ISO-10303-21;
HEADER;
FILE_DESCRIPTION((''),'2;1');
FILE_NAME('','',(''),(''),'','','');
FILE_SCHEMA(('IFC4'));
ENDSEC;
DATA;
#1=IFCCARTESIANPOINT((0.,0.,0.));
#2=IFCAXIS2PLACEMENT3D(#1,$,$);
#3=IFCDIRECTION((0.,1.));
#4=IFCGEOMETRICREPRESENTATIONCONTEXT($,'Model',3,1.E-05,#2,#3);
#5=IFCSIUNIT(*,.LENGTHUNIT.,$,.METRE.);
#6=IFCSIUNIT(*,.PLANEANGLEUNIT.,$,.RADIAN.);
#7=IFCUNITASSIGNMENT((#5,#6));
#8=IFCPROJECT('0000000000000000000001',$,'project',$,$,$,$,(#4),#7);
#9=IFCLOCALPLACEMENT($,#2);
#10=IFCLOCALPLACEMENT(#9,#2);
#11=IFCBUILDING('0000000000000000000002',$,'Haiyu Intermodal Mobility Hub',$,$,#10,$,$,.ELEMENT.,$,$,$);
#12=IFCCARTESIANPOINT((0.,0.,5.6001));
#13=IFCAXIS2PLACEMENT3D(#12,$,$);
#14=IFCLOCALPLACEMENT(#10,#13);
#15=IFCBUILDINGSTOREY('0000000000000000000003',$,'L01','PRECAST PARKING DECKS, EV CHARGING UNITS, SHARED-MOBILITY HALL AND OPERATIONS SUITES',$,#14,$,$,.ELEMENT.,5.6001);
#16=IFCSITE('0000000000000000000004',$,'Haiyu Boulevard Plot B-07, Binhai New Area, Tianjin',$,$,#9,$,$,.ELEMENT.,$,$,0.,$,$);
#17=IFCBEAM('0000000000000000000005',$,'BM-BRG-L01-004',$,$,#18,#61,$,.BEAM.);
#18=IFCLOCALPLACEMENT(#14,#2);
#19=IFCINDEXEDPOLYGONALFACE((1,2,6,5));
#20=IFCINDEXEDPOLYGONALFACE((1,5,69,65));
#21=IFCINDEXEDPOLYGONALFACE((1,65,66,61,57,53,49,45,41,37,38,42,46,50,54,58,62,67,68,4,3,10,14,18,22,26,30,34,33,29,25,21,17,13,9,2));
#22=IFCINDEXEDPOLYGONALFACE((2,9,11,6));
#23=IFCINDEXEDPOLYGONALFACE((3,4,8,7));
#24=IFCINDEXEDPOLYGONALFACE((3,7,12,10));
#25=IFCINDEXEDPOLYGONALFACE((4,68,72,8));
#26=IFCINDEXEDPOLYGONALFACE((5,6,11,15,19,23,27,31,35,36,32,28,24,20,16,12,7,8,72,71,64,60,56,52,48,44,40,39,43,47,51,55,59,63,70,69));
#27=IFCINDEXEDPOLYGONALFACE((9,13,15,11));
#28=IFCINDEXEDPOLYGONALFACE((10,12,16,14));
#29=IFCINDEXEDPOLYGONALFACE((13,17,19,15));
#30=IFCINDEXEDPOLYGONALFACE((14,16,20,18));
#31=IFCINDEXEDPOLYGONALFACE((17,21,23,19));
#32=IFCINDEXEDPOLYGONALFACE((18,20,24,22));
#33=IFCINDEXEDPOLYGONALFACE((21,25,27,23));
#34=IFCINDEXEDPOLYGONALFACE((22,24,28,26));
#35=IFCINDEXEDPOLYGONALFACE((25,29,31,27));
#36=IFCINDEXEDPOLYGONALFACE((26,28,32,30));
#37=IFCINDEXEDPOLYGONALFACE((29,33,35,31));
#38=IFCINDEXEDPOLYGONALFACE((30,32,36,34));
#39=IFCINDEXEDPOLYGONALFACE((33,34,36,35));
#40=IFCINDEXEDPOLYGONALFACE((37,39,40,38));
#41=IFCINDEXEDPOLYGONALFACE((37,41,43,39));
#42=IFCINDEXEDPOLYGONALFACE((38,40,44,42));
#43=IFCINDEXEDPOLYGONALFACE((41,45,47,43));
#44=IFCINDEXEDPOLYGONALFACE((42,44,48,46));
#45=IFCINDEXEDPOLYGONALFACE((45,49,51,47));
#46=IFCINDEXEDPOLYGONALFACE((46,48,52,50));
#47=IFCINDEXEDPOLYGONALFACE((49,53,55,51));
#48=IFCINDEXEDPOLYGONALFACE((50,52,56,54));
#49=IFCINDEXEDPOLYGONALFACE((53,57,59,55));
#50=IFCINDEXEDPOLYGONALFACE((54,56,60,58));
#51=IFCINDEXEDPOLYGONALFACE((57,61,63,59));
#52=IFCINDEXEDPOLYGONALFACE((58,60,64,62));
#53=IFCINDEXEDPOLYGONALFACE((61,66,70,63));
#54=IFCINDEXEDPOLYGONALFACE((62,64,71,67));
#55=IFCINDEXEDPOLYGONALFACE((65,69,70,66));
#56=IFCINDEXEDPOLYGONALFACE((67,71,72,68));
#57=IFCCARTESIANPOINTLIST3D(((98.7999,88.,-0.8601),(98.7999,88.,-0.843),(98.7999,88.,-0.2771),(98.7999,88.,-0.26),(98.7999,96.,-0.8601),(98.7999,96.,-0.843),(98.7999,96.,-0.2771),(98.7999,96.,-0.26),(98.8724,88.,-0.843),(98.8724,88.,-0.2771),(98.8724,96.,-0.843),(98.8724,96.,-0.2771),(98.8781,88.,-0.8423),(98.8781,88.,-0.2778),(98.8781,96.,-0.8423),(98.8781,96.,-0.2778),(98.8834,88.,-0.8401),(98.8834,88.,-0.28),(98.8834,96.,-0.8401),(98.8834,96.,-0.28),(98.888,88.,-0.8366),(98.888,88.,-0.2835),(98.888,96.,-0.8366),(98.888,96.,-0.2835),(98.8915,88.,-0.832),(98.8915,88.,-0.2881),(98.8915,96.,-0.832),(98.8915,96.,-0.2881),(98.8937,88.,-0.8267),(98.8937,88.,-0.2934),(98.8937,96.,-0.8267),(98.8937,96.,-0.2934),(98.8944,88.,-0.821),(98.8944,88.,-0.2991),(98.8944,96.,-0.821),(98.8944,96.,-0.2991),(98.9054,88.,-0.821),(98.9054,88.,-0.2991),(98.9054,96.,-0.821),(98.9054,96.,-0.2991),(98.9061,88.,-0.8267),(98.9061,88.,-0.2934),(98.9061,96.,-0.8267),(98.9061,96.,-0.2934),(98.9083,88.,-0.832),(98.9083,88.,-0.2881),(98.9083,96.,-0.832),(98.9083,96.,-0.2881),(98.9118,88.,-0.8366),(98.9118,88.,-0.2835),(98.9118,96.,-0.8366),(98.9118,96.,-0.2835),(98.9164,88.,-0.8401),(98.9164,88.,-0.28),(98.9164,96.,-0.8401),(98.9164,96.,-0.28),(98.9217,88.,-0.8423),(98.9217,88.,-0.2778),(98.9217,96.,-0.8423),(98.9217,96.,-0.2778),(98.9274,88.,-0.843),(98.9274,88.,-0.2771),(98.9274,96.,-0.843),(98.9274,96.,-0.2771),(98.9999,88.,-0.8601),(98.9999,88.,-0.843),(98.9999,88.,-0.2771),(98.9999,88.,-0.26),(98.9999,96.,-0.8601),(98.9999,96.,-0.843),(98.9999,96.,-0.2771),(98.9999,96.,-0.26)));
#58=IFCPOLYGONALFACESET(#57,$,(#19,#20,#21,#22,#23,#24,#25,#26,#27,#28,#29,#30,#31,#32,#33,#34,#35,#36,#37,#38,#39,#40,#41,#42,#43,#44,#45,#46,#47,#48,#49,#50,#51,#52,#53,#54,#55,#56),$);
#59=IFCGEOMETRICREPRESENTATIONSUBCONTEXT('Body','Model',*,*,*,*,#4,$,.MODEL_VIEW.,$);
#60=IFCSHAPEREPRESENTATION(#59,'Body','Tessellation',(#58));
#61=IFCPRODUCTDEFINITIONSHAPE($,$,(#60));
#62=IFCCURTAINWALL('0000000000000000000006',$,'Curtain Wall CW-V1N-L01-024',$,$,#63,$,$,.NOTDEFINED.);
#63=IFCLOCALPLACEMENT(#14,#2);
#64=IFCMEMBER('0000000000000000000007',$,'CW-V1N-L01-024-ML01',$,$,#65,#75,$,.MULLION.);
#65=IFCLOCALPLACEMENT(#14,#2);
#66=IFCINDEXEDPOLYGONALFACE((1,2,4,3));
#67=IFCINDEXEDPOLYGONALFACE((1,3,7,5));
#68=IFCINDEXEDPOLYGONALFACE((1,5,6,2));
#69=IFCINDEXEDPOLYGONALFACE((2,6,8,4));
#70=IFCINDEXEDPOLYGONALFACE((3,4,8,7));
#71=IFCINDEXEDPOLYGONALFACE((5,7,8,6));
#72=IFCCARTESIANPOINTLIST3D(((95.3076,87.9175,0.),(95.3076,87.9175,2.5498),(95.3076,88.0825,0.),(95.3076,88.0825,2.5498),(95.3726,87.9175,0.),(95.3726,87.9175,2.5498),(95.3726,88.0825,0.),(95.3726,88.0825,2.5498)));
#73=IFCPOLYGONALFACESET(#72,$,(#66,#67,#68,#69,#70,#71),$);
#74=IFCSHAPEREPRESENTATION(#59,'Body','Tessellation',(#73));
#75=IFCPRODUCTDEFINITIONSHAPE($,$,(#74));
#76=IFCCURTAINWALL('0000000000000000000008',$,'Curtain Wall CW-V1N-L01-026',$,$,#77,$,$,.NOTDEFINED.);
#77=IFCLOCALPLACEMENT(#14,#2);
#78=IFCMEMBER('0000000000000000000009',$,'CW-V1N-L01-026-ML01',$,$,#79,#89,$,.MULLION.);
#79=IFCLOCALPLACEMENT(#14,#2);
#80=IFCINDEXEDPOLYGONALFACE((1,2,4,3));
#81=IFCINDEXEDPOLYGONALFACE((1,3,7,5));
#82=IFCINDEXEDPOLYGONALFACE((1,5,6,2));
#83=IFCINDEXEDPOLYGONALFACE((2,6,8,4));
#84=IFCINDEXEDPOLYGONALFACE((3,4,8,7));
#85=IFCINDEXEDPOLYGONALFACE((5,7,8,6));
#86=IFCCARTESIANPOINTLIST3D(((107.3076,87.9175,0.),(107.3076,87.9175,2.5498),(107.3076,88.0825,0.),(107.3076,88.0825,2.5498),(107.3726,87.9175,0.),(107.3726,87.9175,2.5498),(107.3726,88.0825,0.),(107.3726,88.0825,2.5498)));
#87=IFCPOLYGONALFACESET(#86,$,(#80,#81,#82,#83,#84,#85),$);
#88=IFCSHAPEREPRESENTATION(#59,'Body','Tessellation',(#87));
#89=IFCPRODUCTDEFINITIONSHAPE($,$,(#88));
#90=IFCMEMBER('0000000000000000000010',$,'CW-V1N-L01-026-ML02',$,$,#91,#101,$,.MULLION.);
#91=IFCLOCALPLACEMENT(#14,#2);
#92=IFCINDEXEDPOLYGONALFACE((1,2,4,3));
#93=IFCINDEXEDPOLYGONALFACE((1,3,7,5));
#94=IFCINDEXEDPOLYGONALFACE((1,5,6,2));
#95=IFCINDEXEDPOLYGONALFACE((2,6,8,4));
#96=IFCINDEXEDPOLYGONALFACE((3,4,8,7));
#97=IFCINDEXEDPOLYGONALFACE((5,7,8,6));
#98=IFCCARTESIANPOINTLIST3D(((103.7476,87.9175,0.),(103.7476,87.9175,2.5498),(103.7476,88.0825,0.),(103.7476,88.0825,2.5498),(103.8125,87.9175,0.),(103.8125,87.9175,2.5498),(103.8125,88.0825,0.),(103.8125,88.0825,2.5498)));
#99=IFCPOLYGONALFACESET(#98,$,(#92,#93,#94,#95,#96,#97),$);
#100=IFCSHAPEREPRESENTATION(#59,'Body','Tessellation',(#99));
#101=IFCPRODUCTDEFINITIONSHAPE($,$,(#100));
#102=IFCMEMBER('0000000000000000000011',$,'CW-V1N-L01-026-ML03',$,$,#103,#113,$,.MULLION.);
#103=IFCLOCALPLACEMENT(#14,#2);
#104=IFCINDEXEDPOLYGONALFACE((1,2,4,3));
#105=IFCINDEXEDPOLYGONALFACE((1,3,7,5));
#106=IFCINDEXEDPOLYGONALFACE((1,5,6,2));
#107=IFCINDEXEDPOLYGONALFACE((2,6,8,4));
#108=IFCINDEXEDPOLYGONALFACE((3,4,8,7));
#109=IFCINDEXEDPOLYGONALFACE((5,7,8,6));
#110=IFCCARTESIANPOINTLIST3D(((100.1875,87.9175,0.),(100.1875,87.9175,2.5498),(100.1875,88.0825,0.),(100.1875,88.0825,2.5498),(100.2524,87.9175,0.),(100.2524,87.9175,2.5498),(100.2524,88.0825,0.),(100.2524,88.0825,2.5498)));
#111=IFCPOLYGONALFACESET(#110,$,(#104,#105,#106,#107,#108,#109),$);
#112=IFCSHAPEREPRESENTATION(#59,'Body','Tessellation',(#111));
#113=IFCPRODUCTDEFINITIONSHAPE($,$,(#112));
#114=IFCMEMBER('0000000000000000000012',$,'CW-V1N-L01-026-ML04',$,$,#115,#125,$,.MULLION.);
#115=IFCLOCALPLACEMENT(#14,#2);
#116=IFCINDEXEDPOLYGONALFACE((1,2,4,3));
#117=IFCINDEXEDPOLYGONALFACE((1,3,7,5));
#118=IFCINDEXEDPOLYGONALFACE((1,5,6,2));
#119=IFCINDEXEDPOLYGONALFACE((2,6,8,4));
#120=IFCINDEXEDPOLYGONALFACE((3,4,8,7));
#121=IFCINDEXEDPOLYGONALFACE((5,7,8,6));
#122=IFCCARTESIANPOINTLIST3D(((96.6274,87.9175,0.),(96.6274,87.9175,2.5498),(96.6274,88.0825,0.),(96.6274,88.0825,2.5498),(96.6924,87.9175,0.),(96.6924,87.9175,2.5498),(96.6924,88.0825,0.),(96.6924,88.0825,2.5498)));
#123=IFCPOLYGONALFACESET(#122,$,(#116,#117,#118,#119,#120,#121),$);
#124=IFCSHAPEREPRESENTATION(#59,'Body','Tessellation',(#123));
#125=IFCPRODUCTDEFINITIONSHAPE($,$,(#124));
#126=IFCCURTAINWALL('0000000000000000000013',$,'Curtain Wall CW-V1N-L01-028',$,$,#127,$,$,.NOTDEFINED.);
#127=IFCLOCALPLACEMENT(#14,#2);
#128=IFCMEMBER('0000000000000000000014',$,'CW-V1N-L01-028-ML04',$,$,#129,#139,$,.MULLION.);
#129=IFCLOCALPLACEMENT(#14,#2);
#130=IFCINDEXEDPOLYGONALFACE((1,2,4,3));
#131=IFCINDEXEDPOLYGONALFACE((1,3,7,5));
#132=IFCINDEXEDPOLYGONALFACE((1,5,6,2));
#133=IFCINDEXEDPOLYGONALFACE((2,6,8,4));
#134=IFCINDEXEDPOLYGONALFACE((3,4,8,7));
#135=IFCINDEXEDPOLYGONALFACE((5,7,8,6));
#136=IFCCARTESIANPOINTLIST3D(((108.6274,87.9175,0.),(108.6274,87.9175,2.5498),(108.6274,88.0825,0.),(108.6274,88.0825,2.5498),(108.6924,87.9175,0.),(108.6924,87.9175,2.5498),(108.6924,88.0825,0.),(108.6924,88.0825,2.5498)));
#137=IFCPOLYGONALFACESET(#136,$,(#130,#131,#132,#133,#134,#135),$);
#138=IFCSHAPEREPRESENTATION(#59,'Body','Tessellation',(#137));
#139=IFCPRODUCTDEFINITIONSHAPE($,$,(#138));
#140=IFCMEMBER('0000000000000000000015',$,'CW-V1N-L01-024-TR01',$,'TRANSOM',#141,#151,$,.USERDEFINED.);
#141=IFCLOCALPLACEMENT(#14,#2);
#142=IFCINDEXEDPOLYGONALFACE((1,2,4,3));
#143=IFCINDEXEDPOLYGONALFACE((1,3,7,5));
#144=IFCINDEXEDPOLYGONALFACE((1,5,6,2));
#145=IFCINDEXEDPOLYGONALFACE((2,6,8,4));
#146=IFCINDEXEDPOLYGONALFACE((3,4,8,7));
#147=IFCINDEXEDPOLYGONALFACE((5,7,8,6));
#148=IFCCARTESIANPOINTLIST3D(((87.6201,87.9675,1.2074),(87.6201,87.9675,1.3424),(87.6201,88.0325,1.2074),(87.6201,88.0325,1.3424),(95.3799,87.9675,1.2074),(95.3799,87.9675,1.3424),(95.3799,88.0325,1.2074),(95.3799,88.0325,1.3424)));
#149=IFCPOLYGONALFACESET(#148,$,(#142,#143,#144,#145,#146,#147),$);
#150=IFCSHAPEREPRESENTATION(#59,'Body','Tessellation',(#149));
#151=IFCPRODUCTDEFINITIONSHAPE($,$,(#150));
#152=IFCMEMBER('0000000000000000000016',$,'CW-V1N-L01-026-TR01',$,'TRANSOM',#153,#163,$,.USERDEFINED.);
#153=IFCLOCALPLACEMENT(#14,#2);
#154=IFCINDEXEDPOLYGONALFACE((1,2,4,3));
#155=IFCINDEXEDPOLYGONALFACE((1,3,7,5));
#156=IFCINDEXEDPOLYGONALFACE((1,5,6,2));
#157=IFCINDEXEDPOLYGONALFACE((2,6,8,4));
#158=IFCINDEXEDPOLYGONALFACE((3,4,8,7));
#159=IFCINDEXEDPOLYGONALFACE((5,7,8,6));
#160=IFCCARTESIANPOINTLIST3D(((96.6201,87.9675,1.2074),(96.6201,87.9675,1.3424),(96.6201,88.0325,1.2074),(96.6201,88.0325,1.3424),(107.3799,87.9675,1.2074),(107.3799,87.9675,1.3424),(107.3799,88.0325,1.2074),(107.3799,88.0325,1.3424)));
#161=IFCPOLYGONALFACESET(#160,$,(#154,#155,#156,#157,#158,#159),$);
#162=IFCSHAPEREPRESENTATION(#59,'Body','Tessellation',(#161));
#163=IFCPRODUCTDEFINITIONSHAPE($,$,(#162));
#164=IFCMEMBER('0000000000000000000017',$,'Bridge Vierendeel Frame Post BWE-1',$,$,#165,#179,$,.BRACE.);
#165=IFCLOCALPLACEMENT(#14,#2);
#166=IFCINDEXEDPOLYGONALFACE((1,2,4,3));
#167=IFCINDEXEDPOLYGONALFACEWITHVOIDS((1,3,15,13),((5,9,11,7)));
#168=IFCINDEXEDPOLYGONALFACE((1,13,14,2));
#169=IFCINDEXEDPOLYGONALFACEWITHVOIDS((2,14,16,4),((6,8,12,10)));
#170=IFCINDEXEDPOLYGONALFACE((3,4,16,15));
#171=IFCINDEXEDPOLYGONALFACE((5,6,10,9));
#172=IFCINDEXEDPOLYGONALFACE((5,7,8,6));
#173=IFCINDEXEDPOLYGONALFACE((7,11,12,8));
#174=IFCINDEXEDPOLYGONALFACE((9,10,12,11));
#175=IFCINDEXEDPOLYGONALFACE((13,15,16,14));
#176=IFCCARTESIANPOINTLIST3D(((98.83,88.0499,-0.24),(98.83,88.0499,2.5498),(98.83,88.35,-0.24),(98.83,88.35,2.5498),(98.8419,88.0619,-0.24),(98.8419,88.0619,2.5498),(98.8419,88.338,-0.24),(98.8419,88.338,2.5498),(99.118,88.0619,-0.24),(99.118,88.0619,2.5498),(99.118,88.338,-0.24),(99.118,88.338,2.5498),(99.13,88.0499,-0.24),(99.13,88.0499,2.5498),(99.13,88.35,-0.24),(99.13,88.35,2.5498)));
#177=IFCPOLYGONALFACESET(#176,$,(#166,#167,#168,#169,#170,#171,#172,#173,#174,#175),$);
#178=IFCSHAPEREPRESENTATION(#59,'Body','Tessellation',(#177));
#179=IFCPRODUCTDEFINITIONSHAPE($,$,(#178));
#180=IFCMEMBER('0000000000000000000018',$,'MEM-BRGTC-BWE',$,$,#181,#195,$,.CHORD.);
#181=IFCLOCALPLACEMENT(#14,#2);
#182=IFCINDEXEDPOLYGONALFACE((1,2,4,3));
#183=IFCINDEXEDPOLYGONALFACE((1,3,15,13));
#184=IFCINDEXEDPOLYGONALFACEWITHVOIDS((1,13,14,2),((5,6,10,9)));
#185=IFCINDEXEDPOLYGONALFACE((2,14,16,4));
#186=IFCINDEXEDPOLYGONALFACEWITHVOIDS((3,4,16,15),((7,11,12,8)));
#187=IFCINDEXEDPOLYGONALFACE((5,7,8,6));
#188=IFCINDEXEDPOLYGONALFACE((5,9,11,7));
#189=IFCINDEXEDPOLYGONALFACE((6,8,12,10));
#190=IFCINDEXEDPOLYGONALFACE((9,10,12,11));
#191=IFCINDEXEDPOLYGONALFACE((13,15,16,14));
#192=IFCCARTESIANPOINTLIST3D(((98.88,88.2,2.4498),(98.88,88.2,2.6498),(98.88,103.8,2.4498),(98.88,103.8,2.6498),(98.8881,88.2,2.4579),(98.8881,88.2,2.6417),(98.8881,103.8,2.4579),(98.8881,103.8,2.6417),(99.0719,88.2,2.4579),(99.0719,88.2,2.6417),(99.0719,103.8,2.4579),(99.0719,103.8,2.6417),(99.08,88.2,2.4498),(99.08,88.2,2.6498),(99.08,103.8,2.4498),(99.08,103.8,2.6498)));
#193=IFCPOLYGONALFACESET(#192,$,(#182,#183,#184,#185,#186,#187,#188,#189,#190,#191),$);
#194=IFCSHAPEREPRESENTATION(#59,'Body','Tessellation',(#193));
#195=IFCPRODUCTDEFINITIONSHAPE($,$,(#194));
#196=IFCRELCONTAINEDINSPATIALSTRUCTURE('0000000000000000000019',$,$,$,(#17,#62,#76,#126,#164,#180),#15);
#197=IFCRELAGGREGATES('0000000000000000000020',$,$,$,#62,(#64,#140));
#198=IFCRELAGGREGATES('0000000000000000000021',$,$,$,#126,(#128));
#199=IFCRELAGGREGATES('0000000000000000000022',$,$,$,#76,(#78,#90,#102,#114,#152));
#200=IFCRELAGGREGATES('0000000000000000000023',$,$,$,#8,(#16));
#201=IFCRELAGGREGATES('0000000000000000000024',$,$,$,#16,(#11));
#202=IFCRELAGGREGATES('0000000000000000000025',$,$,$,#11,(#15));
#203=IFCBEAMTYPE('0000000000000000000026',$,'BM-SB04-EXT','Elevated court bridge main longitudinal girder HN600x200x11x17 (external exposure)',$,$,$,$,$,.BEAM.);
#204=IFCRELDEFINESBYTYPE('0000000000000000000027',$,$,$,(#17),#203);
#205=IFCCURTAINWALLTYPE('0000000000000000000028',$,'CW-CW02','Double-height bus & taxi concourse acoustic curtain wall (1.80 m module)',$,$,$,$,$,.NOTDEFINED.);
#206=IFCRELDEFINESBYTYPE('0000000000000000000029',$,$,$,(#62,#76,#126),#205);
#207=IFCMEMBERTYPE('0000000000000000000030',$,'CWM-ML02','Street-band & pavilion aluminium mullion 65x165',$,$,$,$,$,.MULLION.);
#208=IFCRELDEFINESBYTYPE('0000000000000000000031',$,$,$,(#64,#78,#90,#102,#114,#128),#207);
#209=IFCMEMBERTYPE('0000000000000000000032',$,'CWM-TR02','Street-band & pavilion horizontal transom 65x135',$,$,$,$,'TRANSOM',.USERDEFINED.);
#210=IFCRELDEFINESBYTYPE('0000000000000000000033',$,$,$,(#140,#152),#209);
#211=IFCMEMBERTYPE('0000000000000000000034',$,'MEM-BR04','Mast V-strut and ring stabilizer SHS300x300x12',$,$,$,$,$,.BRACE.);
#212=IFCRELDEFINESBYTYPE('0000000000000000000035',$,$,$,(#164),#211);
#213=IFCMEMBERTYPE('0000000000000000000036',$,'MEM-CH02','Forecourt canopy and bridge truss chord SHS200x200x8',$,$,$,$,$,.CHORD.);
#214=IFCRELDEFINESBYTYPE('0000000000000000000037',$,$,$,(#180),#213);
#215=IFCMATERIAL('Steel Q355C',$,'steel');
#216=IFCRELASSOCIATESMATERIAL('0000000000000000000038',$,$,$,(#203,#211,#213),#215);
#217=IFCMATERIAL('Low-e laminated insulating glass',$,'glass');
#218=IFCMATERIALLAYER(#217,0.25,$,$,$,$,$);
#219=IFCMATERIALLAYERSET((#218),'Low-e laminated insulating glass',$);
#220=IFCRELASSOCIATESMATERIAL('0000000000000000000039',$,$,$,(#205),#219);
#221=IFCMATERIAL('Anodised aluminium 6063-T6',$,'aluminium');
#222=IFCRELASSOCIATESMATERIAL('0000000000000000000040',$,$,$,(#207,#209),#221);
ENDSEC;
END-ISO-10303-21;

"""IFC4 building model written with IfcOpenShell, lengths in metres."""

from ifc_helpers import new_model, si_unit, direction, frame, origin, origin_2d, place, context, subcontext, project, spatial, rectangle, hollow_rectangle, i_section, extrude, material, layer, layer_set, material_profile, profile_set, type_object, element, aggregate, save


model = new_model("IFC4")

# Units and contexts
model_context = context("Model", 3, precision=1e-05, world=origin(), true_north=direction((0.0, 1.0)))
body_context = subcontext(model_context, "Body", "Model", "MODEL_VIEW")
ifc_project = project(units=[si_unit("LENGTHUNIT", "METRE"), si_unit("PLANEANGLEUNIT", "RADIAN")], contexts=[model_context])

# Site, building, storey
site_placement = place(None, origin())
site = spatial("IfcSite", under=ifc_project, at=site_placement, Name="Haiyu Boulevard Plot B-07, Binhai New Area, Tianjin", CompositionType="ELEMENT", RefElevation=0.0)
building_placement = place(site_placement, origin())
building = spatial("IfcBuilding", under=site, at=building_placement, Name="Haiyu Intermodal Mobility Hub", CompositionType="ELEMENT")
storey_placement = place(building_placement, frame((0.0, 0.0, 5.6001)))
storey = spatial("IfcBuildingStorey", under=building, at=storey_placement, Name="L01", Description="PRECAST PARKING DECKS, EV CHARGING UNITS, SHARED-MOBILITY HALL AND OPERATIONS SUITES", CompositionType="ELEMENT", Elevation=5.6001)

# Shared definitions
ifc_material_1 = material(Name="Steel Q355C", Category="steel")

# Beam
ifc_material_profile_1 = material_profile(ifc_material_1, i_section(OverallWidth=0.2, OverallDepth=0.6001, WebThickness=0.011, FlangeThickness=0.0171, FilletRadius=0.022, at=origin_2d()), Name="HN600x200x11x17")
ifc_profile_set_1 = profile_set([ifc_material_profile_1], Name="Steel Q355C")
beam_type_1 = type_object("IfcBeamType", Name="BM-SB04-EXT", Description="Elevated court bridge main longitudinal girder HN600x200x11x17 (external exposure)", PredefinedType="BEAM", material=ifc_profile_set_1)
beam_1_placement = place(storey_placement, frame((98.8999, 88.0, -0.5601), z_axis=(0.0, 1.0, 0.0), x_axis=(-1.0, 0.0, 0.0)))
element("IfcBeam", 1, at=beam_1_placement, inside=storey, type_object=beam_type_1, Name="BM-BRG-L01-004", PredefinedType="BEAM", context=body_context, shape_type="SweptSolid", body=[
    extrude(i_section(OverallWidth=0.2, OverallDepth=0.6001, WebThickness=0.011, FlangeThickness=0.0171, FilletRadius=0.022, at=origin_2d()), origin(), (0.0, 0.0, 1.0), 8.0),
])

# Curtain wall, member
ifc_material_2 = material(Name="Low-e laminated insulating glass", Category="glass")
ifc_layer_1 = layer(ifc_material_2, 0.25)
ifc_layer_set_1 = layer_set([ifc_layer_1], Name="Low-e laminated insulating glass")
curtain_wall_type = type_object("IfcCurtainWallType", Name="CW-CW02", Description="Double-height bus & taxi concourse acoustic curtain wall (1.80 m module)", PredefinedType="NOTDEFINED", material=ifc_layer_set_1)
curtain_wall_1_placement = place(storey_placement, origin())
curtain_wall_1 = element("IfcCurtainWall", 2, at=curtain_wall_1_placement, inside=storey, type_object=curtain_wall_type, Name="Curtain Wall CW-V1N-L01-024", PredefinedType="NOTDEFINED")
ifc_material_3 = material(Name="Anodised aluminium 6063-T6", Category="aluminium")
ifc_material_profile_2 = material_profile(ifc_material_3, rectangle(XDim=0.0649, YDim=0.165, at=origin_2d()), Name="ALU65x165")
ifc_profile_set_2 = profile_set([ifc_material_profile_2], Name="Anodised aluminium 6063-T6")
member_type_1 = type_object("IfcMemberType", Name="CWM-ML02", Description="Street-band & pavilion aluminium mullion 65x165", PredefinedType="MULLION", material=ifc_profile_set_2)
member_1_placement = place(storey_placement, frame((95.3401, 88.0, 0.0), z_axis=(0.0, 0.0, 1.0), x_axis=(1.0, 0.0, 0.0)))
member_1 = element("IfcMember", 3, at=member_1_placement, type_object=member_type_1, Name="CW-V1N-L01-024-ML01", PredefinedType="MULLION", context=body_context, shape_type="SweptSolid", body=[
    extrude(rectangle(XDim=0.0649, YDim=0.165, at=origin_2d()), origin(), (0.0, 0.0, 1.0), 2.5498),
])

# Curtain wall, members
curtain_wall_2_placement = place(storey_placement, origin())
curtain_wall_2 = element("IfcCurtainWall", 4, at=curtain_wall_2_placement, inside=storey, type_object=curtain_wall_type, Name="Curtain Wall CW-V1N-L01-026", PredefinedType="NOTDEFINED")
member_2_placement = place(storey_placement, frame((107.3401, 88.0, 0.0), z_axis=(0.0, 0.0, 1.0), x_axis=(1.0, 0.0, 0.0)))
member_2 = element("IfcMember", 5, at=member_2_placement, type_object=member_type_1, Name="CW-V1N-L01-026-ML01", PredefinedType="MULLION", context=body_context, shape_type="SweptSolid", body=[
    extrude(rectangle(XDim=0.0649, YDim=0.165, at=origin_2d()), origin(), (0.0, 0.0, 1.0), 2.5498),
])
member_3_placement = place(storey_placement, frame((103.78, 88.0, 0.0), z_axis=(0.0, 0.0, 1.0), x_axis=(1.0, 0.0, 0.0)))
member_3 = element("IfcMember", 6, at=member_3_placement, type_object=member_type_1, Name="CW-V1N-L01-026-ML02", PredefinedType="MULLION", context=body_context, shape_type="SweptSolid", body=[
    extrude(rectangle(XDim=0.0649, YDim=0.165, at=origin_2d()), origin(), (0.0, 0.0, 1.0), 2.5498),
])
member_4_placement = place(storey_placement, frame((100.22, 88.0, 0.0), z_axis=(0.0, 0.0, 1.0), x_axis=(1.0, 0.0, 0.0)))
member_4 = element("IfcMember", 7, at=member_4_placement, type_object=member_type_1, Name="CW-V1N-L01-026-ML03", PredefinedType="MULLION", context=body_context, shape_type="SweptSolid", body=[
    extrude(rectangle(XDim=0.0649, YDim=0.165, at=origin_2d()), origin(), (0.0, 0.0, 1.0), 2.5498),
])
member_5_placement = place(storey_placement, frame((96.6599, 88.0, 0.0), z_axis=(0.0, 0.0, 1.0), x_axis=(1.0, 0.0, 0.0)))
member_5 = element("IfcMember", 8, at=member_5_placement, type_object=member_type_1, Name="CW-V1N-L01-026-ML04", PredefinedType="MULLION", context=body_context, shape_type="SweptSolid", body=[
    extrude(rectangle(XDim=0.0649, YDim=0.165, at=origin_2d()), origin(), (0.0, 0.0, 1.0), 2.5498),
])

# Curtain wall, member
curtain_wall_3_placement = place(storey_placement, origin())
curtain_wall_3 = element("IfcCurtainWall", 9, at=curtain_wall_3_placement, inside=storey, type_object=curtain_wall_type, Name="Curtain Wall CW-V1N-L01-028", PredefinedType="NOTDEFINED")
member_6_placement = place(storey_placement, frame((108.6599, 88.0, 0.0), z_axis=(0.0, 0.0, 1.0), x_axis=(1.0, 0.0, 0.0)))
member_6 = element("IfcMember", 10, at=member_6_placement, type_object=member_type_1, Name="CW-V1N-L01-028-ML04", PredefinedType="MULLION", context=body_context, shape_type="SweptSolid", body=[
    extrude(rectangle(XDim=0.0649, YDim=0.165, at=origin_2d()), origin(), (0.0, 0.0, 1.0), 2.5498),
])

# Members
ifc_material_profile_3 = material_profile(ifc_material_3, rectangle(XDim=0.0649, YDim=0.135, at=origin_2d()), Name="ALU65x135")
ifc_profile_set_3 = profile_set([ifc_material_profile_3], Name="Anodised aluminium 6063-T6")
member_type_2 = type_object("IfcMemberType", Name="CWM-TR02", Description="Street-band & pavilion horizontal transom 65x135", ElementType="TRANSOM", PredefinedType="USERDEFINED", material=ifc_profile_set_3)
member_7_placement = place(storey_placement, frame((95.3799, 88.0, 1.2749), z_axis=(-1.0, 0.0, 0.0), x_axis=(0.0, -1.0, 0.0)))
member_7 = element("IfcMember", 11, at=member_7_placement, type_object=member_type_2, Name="CW-V1N-L01-024-TR01", ObjectType="TRANSOM", PredefinedType="USERDEFINED", context=body_context, shape_type="SweptSolid", body=[
    extrude(rectangle(XDim=0.0649, YDim=0.135, at=origin_2d()), origin(), (0.0, 0.0, 1.0), 7.7598),
])
aggregate(curtain_wall_1, [member_1, member_7])
member_8_placement = place(storey_placement, frame((107.3799, 88.0, 1.2749), z_axis=(-1.0, 0.0, 0.0), x_axis=(0.0, -1.0, 0.0)))
member_8 = element("IfcMember", 12, at=member_8_placement, type_object=member_type_2, Name="CW-V1N-L01-026-TR01", ObjectType="TRANSOM", PredefinedType="USERDEFINED", context=body_context, shape_type="SweptSolid", body=[
    extrude(rectangle(XDim=0.0649, YDim=0.135, at=origin_2d()), origin(), (0.0, 0.0, 1.0), 10.7598),
])

# Members
ifc_material_profile_4 = material_profile(ifc_material_1, hollow_rectangle(XDim=0.3, YDim=0.3, WallThickness=0.012, at=origin_2d()), Name="SHS300x300x12")
ifc_profile_set_4 = profile_set([ifc_material_profile_4], Name="Steel Q355C")
member_type_3 = type_object("IfcMemberType", Name="MEM-BR04", Description="Mast V-strut and ring stabilizer SHS300x300x12", PredefinedType="BRACE", material=ifc_profile_set_4)
member_9_placement = place(storey_placement, frame((98.98, 88.2, -0.24), z_axis=(0.0, 0.0, 1.0), x_axis=(1.0, 0.0, 0.0)))
element("IfcMember", 13, at=member_9_placement, inside=storey, type_object=member_type_3, Name="Bridge Vierendeel Frame Post BWE-1", PredefinedType="BRACE", context=body_context, shape_type="SweptSolid", body=[
    extrude(hollow_rectangle(XDim=0.3, YDim=0.3, WallThickness=0.012, at=origin_2d()), origin(), (0.0, 0.0, 1.0), 2.7898),
])
ifc_material_profile_5 = material_profile(ifc_material_1, hollow_rectangle(XDim=0.2, YDim=0.2, WallThickness=0.0081, at=origin_2d()), Name="SHS200x200x8")
ifc_profile_set_5 = profile_set([ifc_material_profile_5], Name="Steel Q355C")
member_type_4 = type_object("IfcMemberType", Name="MEM-CH02", Description="Forecourt canopy and bridge truss chord SHS200x200x8", PredefinedType="CHORD", material=ifc_profile_set_5)
member_10_placement = place(storey_placement, frame((98.98, 88.2, 2.5498), z_axis=(0.0, 1.0, 0.0), x_axis=(-1.0, 0.0, 0.0)))
element("IfcMember", 14, at=member_10_placement, inside=storey, type_object=member_type_4, Name="MEM-BRGTC-BWE", PredefinedType="CHORD", context=body_context, shape_type="SweptSolid", body=[
    extrude(hollow_rectangle(XDim=0.2, YDim=0.2, WallThickness=0.0081, at=origin_2d()), origin(), (0.0, 0.0, 1.0), 15.6001),
])

aggregate(curtain_wall_3, [member_6])
aggregate(curtain_wall_2, [member_2, member_3, member_4, member_5, member_8])

save(model, "model.ifc")
